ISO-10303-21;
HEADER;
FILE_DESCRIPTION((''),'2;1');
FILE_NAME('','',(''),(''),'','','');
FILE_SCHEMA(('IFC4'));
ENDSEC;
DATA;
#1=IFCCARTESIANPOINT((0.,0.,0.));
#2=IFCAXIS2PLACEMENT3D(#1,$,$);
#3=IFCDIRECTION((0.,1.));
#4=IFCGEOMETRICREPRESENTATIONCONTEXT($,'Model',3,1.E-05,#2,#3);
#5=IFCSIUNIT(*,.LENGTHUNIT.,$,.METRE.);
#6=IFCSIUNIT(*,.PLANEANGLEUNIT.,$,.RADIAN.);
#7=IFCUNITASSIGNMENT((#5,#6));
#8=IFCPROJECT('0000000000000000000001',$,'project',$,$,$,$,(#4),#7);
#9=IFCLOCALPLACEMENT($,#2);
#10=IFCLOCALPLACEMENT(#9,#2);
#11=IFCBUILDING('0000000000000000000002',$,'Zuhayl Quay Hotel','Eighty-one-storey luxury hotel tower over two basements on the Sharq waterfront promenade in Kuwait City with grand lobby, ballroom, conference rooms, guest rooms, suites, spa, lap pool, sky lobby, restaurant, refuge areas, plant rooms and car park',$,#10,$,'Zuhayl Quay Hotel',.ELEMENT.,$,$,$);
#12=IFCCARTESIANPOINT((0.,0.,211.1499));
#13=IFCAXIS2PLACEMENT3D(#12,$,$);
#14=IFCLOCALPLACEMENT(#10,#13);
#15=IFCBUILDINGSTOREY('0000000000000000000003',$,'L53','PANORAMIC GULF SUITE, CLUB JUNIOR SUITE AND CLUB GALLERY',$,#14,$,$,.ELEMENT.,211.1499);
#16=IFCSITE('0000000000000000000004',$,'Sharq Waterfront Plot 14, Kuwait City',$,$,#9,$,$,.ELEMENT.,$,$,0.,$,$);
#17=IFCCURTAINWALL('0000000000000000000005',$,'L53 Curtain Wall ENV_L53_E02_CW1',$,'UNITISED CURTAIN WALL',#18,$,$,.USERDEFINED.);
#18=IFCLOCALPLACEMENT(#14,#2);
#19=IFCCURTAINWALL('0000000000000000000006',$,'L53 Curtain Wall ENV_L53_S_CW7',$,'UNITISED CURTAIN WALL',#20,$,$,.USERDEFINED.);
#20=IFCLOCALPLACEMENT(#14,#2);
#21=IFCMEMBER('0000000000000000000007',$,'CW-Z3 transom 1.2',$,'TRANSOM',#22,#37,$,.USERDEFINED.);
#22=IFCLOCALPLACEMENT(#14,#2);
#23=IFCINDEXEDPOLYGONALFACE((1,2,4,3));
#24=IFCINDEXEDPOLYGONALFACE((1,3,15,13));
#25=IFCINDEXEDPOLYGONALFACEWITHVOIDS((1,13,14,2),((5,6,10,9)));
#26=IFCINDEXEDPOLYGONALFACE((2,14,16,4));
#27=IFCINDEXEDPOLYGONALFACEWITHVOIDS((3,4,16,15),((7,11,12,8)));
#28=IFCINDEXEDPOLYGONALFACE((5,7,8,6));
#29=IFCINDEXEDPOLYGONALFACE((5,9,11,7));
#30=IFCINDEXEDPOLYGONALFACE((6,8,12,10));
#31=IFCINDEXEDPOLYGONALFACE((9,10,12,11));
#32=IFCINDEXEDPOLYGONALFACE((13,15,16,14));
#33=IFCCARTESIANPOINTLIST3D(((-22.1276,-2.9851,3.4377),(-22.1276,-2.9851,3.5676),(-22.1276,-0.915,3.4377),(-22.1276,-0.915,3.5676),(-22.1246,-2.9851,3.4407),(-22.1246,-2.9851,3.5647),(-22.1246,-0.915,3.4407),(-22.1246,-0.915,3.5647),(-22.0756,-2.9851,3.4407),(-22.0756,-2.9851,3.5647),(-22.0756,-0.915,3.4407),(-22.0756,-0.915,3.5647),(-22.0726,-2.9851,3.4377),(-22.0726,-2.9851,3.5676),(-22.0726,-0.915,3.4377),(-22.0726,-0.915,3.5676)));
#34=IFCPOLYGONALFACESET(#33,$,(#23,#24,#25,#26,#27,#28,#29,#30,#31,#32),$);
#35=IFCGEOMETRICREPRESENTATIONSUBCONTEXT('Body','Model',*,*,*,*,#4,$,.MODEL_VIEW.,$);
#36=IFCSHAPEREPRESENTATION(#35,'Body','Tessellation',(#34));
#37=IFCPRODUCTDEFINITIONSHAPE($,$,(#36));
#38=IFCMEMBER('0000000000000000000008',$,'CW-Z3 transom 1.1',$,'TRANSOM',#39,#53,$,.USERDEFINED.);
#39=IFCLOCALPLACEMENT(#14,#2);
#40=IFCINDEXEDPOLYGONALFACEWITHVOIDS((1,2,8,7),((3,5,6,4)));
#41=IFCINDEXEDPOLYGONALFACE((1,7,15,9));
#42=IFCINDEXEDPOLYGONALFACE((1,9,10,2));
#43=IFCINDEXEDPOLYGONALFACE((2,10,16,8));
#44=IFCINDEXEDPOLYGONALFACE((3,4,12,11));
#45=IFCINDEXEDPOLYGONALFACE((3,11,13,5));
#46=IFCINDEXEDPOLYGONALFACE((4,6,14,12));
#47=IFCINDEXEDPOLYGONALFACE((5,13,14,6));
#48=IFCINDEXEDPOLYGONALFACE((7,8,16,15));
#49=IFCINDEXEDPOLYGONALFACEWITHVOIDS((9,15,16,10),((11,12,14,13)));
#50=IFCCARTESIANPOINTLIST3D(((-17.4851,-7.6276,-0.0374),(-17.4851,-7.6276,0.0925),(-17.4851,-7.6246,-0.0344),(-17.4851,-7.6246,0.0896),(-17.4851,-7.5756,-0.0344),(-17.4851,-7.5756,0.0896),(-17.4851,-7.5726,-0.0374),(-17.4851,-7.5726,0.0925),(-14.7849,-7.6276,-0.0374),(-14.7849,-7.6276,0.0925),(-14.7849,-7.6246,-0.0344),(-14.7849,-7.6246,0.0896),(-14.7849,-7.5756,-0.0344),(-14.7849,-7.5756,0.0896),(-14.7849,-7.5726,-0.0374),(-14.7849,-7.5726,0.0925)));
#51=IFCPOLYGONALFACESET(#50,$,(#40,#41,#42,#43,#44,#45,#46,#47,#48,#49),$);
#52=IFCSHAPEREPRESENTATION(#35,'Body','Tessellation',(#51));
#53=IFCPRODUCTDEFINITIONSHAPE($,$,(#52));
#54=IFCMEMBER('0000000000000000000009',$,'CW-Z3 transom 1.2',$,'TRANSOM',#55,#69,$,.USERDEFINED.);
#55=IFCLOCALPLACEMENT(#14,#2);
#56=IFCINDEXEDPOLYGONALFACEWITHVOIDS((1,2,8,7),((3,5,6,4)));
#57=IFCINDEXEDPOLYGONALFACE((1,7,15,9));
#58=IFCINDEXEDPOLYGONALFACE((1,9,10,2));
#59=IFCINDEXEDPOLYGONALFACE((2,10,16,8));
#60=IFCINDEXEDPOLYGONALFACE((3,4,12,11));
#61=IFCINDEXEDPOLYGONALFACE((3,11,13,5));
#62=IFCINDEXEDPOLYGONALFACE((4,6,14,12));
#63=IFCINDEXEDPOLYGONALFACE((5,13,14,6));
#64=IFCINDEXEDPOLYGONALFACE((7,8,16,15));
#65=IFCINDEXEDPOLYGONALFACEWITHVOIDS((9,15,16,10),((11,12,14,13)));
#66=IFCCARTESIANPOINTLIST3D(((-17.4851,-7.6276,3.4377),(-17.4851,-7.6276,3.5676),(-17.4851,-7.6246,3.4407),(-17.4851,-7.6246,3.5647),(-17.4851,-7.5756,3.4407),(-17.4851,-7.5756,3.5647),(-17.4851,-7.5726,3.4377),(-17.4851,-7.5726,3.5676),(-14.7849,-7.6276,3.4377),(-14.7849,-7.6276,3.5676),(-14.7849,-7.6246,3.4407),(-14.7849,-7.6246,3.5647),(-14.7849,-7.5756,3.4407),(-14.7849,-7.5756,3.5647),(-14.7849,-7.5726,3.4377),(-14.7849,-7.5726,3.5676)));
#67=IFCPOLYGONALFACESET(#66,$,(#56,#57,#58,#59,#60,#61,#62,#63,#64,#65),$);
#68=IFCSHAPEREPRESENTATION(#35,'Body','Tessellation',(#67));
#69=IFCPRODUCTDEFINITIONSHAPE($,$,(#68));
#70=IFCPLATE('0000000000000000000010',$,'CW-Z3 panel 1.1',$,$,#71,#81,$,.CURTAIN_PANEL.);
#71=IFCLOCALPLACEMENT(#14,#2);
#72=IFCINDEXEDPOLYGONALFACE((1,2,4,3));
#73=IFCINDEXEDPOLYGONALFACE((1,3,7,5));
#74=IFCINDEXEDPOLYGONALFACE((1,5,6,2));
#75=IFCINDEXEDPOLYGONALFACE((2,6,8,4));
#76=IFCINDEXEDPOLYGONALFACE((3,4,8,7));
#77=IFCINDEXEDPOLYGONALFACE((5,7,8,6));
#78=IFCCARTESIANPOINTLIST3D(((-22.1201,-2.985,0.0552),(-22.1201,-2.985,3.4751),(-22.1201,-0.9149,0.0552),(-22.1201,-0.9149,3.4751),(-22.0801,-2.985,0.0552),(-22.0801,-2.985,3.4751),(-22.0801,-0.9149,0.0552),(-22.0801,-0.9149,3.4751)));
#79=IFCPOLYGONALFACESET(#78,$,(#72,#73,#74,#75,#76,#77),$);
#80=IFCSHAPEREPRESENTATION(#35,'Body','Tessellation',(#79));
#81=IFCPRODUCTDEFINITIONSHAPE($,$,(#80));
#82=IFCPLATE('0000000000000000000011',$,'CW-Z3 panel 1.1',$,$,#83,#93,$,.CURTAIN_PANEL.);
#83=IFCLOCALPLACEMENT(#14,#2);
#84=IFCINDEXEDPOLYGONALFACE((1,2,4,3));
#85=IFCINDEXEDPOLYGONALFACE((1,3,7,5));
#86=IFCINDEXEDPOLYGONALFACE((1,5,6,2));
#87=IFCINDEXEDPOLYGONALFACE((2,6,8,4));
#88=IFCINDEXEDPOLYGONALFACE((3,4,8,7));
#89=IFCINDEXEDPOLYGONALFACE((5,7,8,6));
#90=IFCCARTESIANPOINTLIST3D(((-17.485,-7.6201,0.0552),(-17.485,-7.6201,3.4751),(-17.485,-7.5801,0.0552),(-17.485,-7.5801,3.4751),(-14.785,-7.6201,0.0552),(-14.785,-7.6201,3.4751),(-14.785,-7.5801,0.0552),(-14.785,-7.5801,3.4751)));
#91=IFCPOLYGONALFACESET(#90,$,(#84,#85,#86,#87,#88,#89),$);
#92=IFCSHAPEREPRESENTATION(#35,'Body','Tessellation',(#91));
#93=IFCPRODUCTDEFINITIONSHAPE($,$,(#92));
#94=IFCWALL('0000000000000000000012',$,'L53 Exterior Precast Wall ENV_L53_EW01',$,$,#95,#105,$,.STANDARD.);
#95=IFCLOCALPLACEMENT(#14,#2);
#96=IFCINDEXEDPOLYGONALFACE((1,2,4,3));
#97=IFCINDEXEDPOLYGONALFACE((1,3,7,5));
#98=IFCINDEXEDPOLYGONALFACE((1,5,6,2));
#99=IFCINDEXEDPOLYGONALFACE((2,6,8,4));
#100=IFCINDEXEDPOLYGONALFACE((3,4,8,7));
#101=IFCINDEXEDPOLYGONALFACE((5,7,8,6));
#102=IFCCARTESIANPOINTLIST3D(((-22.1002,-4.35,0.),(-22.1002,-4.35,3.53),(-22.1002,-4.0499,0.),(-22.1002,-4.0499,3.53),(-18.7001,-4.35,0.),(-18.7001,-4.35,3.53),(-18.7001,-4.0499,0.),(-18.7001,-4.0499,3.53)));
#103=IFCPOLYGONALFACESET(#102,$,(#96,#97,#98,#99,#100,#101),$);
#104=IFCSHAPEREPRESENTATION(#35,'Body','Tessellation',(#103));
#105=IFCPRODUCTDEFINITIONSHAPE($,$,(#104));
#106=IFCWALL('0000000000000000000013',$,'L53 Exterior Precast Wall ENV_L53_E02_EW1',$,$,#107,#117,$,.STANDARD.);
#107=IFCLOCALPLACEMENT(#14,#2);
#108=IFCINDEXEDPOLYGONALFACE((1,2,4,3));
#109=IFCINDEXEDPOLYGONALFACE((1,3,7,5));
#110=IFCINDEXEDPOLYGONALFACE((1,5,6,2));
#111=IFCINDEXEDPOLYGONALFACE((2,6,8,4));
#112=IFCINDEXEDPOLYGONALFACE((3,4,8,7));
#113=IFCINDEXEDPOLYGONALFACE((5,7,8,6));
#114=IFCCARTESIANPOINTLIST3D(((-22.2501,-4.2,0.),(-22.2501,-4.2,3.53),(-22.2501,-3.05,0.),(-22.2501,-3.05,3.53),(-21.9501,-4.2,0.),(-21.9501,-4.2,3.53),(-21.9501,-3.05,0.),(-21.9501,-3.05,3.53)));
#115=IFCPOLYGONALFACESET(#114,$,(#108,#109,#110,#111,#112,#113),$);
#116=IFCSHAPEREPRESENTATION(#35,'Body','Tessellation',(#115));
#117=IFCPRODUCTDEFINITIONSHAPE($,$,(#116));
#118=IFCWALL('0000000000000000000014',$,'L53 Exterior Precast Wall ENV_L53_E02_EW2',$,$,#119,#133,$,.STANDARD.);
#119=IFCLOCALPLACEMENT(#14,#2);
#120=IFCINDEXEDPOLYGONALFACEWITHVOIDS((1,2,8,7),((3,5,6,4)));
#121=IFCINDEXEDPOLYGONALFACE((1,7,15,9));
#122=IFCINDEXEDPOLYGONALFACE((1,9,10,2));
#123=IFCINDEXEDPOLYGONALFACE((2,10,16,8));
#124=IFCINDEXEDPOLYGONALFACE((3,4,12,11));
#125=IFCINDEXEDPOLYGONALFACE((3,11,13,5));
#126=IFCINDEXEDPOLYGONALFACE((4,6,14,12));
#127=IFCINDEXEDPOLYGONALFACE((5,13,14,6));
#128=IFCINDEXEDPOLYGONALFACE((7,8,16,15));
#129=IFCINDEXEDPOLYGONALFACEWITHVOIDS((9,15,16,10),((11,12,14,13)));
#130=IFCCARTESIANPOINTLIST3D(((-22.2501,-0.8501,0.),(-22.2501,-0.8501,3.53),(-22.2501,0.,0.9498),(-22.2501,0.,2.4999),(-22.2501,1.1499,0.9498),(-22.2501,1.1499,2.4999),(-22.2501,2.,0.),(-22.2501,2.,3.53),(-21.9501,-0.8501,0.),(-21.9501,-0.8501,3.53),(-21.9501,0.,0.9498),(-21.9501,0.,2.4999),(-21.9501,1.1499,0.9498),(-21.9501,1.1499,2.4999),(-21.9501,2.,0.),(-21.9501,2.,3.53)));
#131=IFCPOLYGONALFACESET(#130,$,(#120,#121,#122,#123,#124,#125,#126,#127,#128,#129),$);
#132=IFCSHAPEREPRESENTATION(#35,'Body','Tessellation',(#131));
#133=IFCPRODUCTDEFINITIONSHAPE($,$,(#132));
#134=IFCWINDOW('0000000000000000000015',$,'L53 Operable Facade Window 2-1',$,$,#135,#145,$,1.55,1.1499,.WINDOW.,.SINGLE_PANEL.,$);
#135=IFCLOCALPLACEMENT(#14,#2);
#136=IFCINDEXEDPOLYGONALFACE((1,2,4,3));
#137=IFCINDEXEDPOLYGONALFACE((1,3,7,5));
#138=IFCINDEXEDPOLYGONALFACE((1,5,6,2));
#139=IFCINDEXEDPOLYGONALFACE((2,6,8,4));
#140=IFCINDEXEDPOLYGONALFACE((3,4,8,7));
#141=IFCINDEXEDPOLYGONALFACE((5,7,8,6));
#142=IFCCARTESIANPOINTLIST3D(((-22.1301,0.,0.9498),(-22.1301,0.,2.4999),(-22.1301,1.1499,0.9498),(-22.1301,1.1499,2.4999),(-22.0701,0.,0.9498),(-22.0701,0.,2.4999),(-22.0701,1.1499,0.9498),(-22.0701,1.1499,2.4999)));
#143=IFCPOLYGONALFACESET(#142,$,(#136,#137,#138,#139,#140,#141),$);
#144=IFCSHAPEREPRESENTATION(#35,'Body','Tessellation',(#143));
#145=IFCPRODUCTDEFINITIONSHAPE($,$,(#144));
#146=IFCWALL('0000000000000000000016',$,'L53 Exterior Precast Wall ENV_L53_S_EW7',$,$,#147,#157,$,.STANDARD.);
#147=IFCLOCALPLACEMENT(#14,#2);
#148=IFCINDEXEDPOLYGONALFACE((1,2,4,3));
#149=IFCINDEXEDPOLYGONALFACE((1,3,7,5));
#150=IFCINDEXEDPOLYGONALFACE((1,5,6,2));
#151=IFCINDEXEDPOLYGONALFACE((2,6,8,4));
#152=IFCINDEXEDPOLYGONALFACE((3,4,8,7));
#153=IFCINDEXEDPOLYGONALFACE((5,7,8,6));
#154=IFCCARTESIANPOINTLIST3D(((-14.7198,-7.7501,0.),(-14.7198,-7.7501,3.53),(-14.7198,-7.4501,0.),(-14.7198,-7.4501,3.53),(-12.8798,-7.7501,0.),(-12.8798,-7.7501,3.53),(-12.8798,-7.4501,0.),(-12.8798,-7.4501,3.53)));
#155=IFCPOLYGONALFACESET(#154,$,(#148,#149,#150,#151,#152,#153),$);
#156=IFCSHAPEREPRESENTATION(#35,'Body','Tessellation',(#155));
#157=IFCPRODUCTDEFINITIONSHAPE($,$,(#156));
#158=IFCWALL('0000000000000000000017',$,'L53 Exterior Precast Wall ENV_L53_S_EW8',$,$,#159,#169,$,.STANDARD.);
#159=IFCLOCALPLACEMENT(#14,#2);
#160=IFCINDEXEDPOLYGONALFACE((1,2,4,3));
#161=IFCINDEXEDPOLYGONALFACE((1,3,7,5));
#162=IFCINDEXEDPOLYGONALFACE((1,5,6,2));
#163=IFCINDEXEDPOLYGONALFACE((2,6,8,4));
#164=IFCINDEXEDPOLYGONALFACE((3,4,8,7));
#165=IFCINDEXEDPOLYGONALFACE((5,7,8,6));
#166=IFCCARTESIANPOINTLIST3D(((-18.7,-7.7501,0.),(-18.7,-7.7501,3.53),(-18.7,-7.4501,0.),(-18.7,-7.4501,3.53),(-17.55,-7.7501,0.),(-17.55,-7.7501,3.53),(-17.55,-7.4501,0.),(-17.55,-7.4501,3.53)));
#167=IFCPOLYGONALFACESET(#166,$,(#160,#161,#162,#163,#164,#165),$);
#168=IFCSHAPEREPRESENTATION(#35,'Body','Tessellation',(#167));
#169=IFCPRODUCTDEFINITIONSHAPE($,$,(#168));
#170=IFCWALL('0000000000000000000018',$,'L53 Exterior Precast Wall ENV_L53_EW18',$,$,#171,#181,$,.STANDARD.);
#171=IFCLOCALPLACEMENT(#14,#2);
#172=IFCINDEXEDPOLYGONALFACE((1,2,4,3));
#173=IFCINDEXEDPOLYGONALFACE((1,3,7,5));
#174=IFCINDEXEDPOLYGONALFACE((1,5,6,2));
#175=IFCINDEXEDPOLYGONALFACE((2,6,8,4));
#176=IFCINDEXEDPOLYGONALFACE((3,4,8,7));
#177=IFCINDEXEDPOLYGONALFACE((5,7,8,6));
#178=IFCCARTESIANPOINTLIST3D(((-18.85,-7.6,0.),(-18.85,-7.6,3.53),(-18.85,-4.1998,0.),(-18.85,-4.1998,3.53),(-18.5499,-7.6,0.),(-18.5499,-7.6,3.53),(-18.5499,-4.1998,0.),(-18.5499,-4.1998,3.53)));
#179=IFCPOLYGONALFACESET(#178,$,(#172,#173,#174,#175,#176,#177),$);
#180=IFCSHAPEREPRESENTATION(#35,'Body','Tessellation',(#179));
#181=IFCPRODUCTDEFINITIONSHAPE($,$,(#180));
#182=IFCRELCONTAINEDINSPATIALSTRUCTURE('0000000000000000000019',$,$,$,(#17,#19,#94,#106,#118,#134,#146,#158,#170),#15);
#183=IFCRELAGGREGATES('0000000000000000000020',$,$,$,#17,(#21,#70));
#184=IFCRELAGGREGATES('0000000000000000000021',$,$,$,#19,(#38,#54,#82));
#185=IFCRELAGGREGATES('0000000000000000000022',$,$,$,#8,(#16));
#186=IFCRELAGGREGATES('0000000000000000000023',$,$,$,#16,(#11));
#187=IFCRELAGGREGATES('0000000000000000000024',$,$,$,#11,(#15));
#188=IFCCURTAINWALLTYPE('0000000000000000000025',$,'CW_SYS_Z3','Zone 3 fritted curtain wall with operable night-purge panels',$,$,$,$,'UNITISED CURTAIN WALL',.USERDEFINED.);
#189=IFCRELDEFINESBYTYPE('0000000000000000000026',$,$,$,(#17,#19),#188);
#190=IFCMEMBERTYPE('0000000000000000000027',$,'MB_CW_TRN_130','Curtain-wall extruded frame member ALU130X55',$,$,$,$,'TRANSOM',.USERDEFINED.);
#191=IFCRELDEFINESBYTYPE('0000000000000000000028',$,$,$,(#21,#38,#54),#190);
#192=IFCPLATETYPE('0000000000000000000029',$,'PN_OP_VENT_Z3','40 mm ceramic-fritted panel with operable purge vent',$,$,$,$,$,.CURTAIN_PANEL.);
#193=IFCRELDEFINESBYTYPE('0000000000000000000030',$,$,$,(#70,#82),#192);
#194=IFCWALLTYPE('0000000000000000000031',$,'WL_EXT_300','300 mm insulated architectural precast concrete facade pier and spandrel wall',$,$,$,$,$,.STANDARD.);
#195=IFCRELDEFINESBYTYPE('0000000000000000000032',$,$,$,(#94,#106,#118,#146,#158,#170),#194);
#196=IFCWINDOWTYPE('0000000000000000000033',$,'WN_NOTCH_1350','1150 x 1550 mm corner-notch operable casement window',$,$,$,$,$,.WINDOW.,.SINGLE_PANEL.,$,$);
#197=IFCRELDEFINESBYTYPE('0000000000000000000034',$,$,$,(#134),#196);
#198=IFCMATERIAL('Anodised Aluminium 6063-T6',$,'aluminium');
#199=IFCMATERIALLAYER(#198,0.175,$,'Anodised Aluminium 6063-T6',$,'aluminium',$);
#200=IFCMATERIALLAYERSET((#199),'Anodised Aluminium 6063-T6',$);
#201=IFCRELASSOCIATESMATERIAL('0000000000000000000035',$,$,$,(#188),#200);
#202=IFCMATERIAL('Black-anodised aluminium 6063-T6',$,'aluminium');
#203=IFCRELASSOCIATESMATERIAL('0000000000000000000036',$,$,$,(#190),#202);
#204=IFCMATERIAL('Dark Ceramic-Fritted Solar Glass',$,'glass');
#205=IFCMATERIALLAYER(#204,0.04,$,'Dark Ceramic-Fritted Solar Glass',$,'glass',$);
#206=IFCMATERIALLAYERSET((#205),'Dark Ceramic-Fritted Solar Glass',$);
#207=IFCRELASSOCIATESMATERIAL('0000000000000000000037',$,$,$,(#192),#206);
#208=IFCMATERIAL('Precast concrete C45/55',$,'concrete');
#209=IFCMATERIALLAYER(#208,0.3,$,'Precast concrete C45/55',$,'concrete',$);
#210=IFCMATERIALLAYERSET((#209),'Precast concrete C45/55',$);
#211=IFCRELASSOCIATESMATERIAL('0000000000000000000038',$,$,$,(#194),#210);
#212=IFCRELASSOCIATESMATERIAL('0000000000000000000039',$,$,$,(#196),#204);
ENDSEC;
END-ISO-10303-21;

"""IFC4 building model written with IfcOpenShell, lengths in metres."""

from ifc_helpers import new_model, si_unit, direction, frame, frame_2d, origin, origin_2d, place, context, subcontext, project, spatial, rectangle, hollow_rectangle, extrude, material, layer, layer_set, material_profile, profile_set, type_object, element, fill, aggregate, save


model = new_model("IFC4")

# Units and contexts
model_context = context("Model", 3, precision=1e-05, world=origin(), true_north=direction((0.0, 1.0)))
body_context = subcontext(model_context, "Body", "Model", "MODEL_VIEW")
ifc_project = project(units=[si_unit("LENGTHUNIT", "METRE"), si_unit("PLANEANGLEUNIT", "RADIAN")], contexts=[model_context])

# Site, building, storey
site_placement = place(None, origin())
site = spatial("IfcSite", under=ifc_project, at=site_placement, Name="Sharq Waterfront Plot 14, Kuwait City", CompositionType="ELEMENT", RefElevation=0.0)
building_placement = place(site_placement, origin())
building = spatial("IfcBuilding", under=site, at=building_placement, Name="Zuhayl Quay Hotel", Description="Eighty-one-storey luxury hotel tower over two basements on the Sharq waterfront promenade in Kuwait City with grand lobby, ballroom, conference rooms, guest rooms, suites, spa, lap pool, sky lobby, restaurant, refuge areas, plant rooms and car park", LongName="Zuhayl Quay Hotel", CompositionType="ELEMENT")
storey_placement = place(building_placement, frame((0.0, 0.0, 211.1499)))
storey = spatial("IfcBuildingStorey", under=building, at=storey_placement, Name="L53", Description="PANORAMIC GULF SUITE, CLUB JUNIOR SUITE AND CLUB GALLERY", CompositionType="ELEMENT", Elevation=211.1499)

# Curtain wall
ifc_material_1 = material(Name="Anodised Aluminium 6063-T6", Category="aluminium")
ifc_layer_1 = layer(ifc_material_1, 0.175, Name="Anodised Aluminium 6063-T6", Category="aluminium")
ifc_layer_set_1 = layer_set([ifc_layer_1], Name="Anodised Aluminium 6063-T6")
curtain_wall_type = type_object("IfcCurtainWallType", Name="CW_SYS_Z3", Description="Zone 3 fritted curtain wall with operable night-purge panels", ElementType="UNITISED CURTAIN WALL", PredefinedType="USERDEFINED", material=ifc_layer_set_1)
curtain_wall_1_placement = place(storey_placement, origin())
curtain_wall_1 = element("IfcCurtainWall", 1, at=curtain_wall_1_placement, inside=storey, type_object=curtain_wall_type, Name="L53 Curtain Wall ENV_L53_E02_CW1", ObjectType="UNITISED CURTAIN WALL", PredefinedType="USERDEFINED")
ifc_material_2 = material(Name="Black-anodised aluminium 6063-T6", Category="aluminium")

# Curtain wall
curtain_wall_2_placement = place(storey_placement, origin())
curtain_wall_2 = element("IfcCurtainWall", 2, at=curtain_wall_2_placement, inside=storey, type_object=curtain_wall_type, Name="L53 Curtain Wall ENV_L53_S_CW7", ObjectType="UNITISED CURTAIN WALL", PredefinedType="USERDEFINED")

# Members
ifc_material_profile_1 = material_profile(ifc_material_2, hollow_rectangle(XDim=0.0549, YDim=0.1299, WallThickness=0.0029, at=origin_2d()), Name="ALU130X55")
ifc_profile_set_1 = profile_set([ifc_material_profile_1], Name="Black-anodised aluminium 6063-T6")
member_type_1 = type_object("IfcMemberType", Name="MB_CW_TRN_130", Description="Curtain-wall extruded frame member ALU130X55", ElementType="TRANSOM", PredefinedType="USERDEFINED", material=ifc_profile_set_1)
member_1_placement = place(storey_placement, frame((-22.1001, -2.9851, 3.5027), z_axis=(0.0, 1.0, 0.0), x_axis=(-1.0, 0.0, 0.0)))
member_1 = element("IfcMember", 3, at=member_1_placement, type_object=member_type_1, Name="CW-Z3 transom 1.2", ObjectType="TRANSOM", PredefinedType="USERDEFINED", context=body_context, shape_type="SweptSolid", body=[
    extrude(hollow_rectangle(XDim=0.0549, YDim=0.1299, WallThickness=0.0029, at=origin_2d()), origin(), (0.0, 0.0, 1.0), 2.0701),
])
member_2_placement = place(storey_placement, frame((-14.7849, -7.6001, 0.0276), z_axis=(-1.0, 0.0, 0.0), x_axis=(0.0, -1.0, 0.0)))
member_2 = element("IfcMember", 4, at=member_2_placement, type_object=member_type_1, Name="CW-Z3 transom 1.1", ObjectType="TRANSOM", PredefinedType="USERDEFINED", context=body_context, shape_type="SweptSolid", body=[
    extrude(hollow_rectangle(XDim=0.0549, YDim=0.1299, WallThickness=0.0029, at=origin_2d()), origin(), (0.0, 0.0, 1.0), 2.7002),
])
member_3_placement = place(storey_placement, frame((-14.7849, -7.6001, 3.5027), z_axis=(-1.0, 0.0, 0.0), x_axis=(0.0, -1.0, 0.0)))
member_3 = element("IfcMember", 5, at=member_3_placement, type_object=member_type_1, Name="CW-Z3 transom 1.2", ObjectType="TRANSOM", PredefinedType="USERDEFINED", context=body_context, shape_type="SweptSolid", body=[
    extrude(hollow_rectangle(XDim=0.0549, YDim=0.1299, WallThickness=0.0029, at=origin_2d()), origin(), (0.0, 0.0, 1.0), 2.7002),
])

# Plates
ifc_material_3 = material(Name="Dark Ceramic-Fritted Solar Glass", Category="glass")
ifc_layer_2 = layer(ifc_material_3, 0.04, Name="Dark Ceramic-Fritted Solar Glass", Category="glass")
ifc_layer_set_2 = layer_set([ifc_layer_2], Name="Dark Ceramic-Fritted Solar Glass")
plate_type = type_object("IfcPlateType", Name="PN_OP_VENT_Z3", Description="40 mm ceramic-fritted panel with operable purge vent", PredefinedType="CURTAIN_PANEL", material=ifc_layer_set_2)
plate_1_placement = place(storey_placement, frame((-22.1001, -1.95, 0.0552), z_axis=(0.0, 0.0, 1.0), x_axis=(0.0, 1.0, 0.0)))
plate_1 = element("IfcPlate", 6, at=plate_1_placement, type_object=plate_type, Name="CW-Z3 panel 1.1", PredefinedType="CURTAIN_PANEL", context=body_context, shape_type="SweptSolid", body=[
    extrude(rectangle(XDim=2.0701, YDim=0.04, at=origin_2d()), origin(), (0.0, 0.0, 1.0), 3.4199),
])
aggregate(curtain_wall_1, [member_1, plate_1])
plate_2_placement = place(storey_placement, frame((-16.135, -7.6001, 0.0552), z_axis=(0.0, 0.0, 1.0), x_axis=(-1.0, 0.0, 0.0)))
plate_2 = element("IfcPlate", 7, at=plate_2_placement, type_object=plate_type, Name="CW-Z3 panel 1.1", PredefinedType="CURTAIN_PANEL", context=body_context, shape_type="SweptSolid", body=[
    extrude(rectangle(XDim=2.7, YDim=0.04, at=origin_2d()), origin(), (0.0, 0.0, 1.0), 3.4199),
])
aggregate(curtain_wall_2, [member_2, member_3, plate_2])

# Walls
ifc_material_4 = material(Name="Precast concrete C45/55", Category="concrete")
ifc_layer_3 = layer(ifc_material_4, 0.3, Name="Precast concrete C45/55", Category="concrete")
ifc_layer_set_3 = layer_set([ifc_layer_3], Name="Precast concrete C45/55")
wall_type_1 = type_object("IfcWallType", Name="WL_EXT_300", Description="300 mm insulated architectural precast concrete facade pier and spandrel wall", PredefinedType="STANDARD", material=ifc_layer_set_3)
wall_1_placement = place(storey_placement, frame((-18.7, -4.2, 0.0), z_axis=(0.0, 0.0, 1.0), x_axis=(-1.0, 0.0, 0.0)))
element("IfcWall", 8, at=wall_1_placement, inside=storey, type_object=wall_type_1, Name="L53 Exterior Precast Wall ENV_L53_EW01", PredefinedType="STANDARD", context=body_context, shape_type="SweptSolid", body=[
    extrude(rectangle(XDim=3.4001, YDim=0.3, at=frame_2d((1.7002, 0.0))), origin(), (0.0, 0.0, 1.0), 3.53),
])
wall_2_placement = place(storey_placement, frame((-22.1001, -4.2, 0.0), z_axis=(0.0, 0.0, 1.0), x_axis=(0.0, 1.0, 0.0)))
element("IfcWall", 9, at=wall_2_placement, inside=storey, type_object=wall_type_1, Name="L53 Exterior Precast Wall ENV_L53_E02_EW1", PredefinedType="STANDARD", context=body_context, shape_type="SweptSolid", body=[
    extrude(rectangle(XDim=1.1499, YDim=0.3, at=frame_2d((0.575, 0.0))), origin(), (0.0, 0.0, 1.0), 3.53),
])

# Wall, opening, window
wall_3_placement = place(storey_placement, frame((-22.1001, -0.8501, 0.0), z_axis=(0.0, 0.0, 1.0), x_axis=(0.0, 1.0, 0.0)))
wall_3 = element("IfcWall", 10, at=wall_3_placement, inside=storey, type_object=wall_type_1, Name="L53 Exterior Precast Wall ENV_L53_E02_EW2", PredefinedType="STANDARD", context=body_context, shape_type="SweptSolid", body=[
    extrude(rectangle(XDim=2.8501, YDim=0.3, at=frame_2d((1.425, 0.0))), origin(), (0.0, 0.0, 1.0), 3.53),
])
opening_1_placement = place(wall_3_placement, frame((0.8501, 0.0, 0.95)))
opening_1 = element("IfcOpeningElement", 11, at=opening_1_placement, cuts=wall_3, PredefinedType="OPENING", context=body_context, shape_type="SweptSolid", body=[
    extrude(rectangle(XDim=1.1499, YDim=1.55, at=frame_2d((0.575, 0.7749))), frame((0.0, 0.1599, 0.0), z_axis=(0.0, -1.0, 0.0), x_axis=(1.0, 0.0, 0.0)), (0.0, 0.0, 1.0), 0.3201),
])
window_type = type_object("IfcWindowType", Name="WN_NOTCH_1350", Description="1150 x 1550 mm corner-notch operable casement window", PartitioningType="SINGLE_PANEL", PredefinedType="WINDOW", material=ifc_material_3)
window_placement = place(opening_1_placement, origin())
window = element("IfcWindow", 12, at=window_placement, inside=storey, type_object=window_type, Name="L53 Operable Facade Window 2-1", OverallHeight=1.55, OverallWidth=1.1499, PartitioningType="SINGLE_PANEL", PredefinedType="WINDOW", context=body_context, shape_type="SweptSolid", body=[
    extrude(rectangle(XDim=1.1499, YDim=1.55, at=frame_2d((0.575, 0.7749))), frame((0.0, 0.03, 0.0), z_axis=(0.0, -1.0, 0.0), x_axis=(1.0, 0.0, 0.0)), (0.0, 0.0, 1.0), 0.0601),
])
fill(opening_1, window)

# Walls
wall_4_placement = place(storey_placement, frame((-12.8799, -7.6001, 0.0), z_axis=(0.0, 0.0, 1.0), x_axis=(-1.0, 0.0, 0.0)))
element("IfcWall", 13, at=wall_4_placement, inside=storey, type_object=wall_type_1, Name="L53 Exterior Precast Wall ENV_L53_S_EW7", PredefinedType="STANDARD", context=body_context, shape_type="SweptSolid", body=[
    extrude(rectangle(XDim=1.8401, YDim=0.3, at=frame_2d((0.9199, 0.0))), origin(), (0.0, 0.0, 1.0), 3.53),
])
wall_5_placement = place(storey_placement, frame((-17.55, -7.6001, 0.0), z_axis=(0.0, 0.0, 1.0), x_axis=(-1.0, 0.0, 0.0)))
element("IfcWall", 14, at=wall_5_placement, inside=storey, type_object=wall_type_1, Name="L53 Exterior Precast Wall ENV_L53_S_EW8", PredefinedType="STANDARD", context=body_context, shape_type="SweptSolid", body=[
    extrude(rectangle(XDim=1.1499, YDim=0.3, at=frame_2d((0.575, 0.0))), origin(), (0.0, 0.0, 1.0), 3.53),
])
wall_6_placement = place(storey_placement, frame((-18.7, -7.6001, 0.0), z_axis=(0.0, 0.0, 1.0), x_axis=(0.0, 1.0, 0.0)))
element("IfcWall", 15, at=wall_6_placement, inside=storey, type_object=wall_type_1, Name="L53 Exterior Precast Wall ENV_L53_EW18", PredefinedType="STANDARD", context=body_context, shape_type="SweptSolid", body=[
    extrude(rectangle(XDim=3.4001, YDim=0.3, at=frame_2d((1.7002, 0.0))), origin(), (0.0, 0.0, 1.0), 3.53),
])

save(model, "model.ifc")
